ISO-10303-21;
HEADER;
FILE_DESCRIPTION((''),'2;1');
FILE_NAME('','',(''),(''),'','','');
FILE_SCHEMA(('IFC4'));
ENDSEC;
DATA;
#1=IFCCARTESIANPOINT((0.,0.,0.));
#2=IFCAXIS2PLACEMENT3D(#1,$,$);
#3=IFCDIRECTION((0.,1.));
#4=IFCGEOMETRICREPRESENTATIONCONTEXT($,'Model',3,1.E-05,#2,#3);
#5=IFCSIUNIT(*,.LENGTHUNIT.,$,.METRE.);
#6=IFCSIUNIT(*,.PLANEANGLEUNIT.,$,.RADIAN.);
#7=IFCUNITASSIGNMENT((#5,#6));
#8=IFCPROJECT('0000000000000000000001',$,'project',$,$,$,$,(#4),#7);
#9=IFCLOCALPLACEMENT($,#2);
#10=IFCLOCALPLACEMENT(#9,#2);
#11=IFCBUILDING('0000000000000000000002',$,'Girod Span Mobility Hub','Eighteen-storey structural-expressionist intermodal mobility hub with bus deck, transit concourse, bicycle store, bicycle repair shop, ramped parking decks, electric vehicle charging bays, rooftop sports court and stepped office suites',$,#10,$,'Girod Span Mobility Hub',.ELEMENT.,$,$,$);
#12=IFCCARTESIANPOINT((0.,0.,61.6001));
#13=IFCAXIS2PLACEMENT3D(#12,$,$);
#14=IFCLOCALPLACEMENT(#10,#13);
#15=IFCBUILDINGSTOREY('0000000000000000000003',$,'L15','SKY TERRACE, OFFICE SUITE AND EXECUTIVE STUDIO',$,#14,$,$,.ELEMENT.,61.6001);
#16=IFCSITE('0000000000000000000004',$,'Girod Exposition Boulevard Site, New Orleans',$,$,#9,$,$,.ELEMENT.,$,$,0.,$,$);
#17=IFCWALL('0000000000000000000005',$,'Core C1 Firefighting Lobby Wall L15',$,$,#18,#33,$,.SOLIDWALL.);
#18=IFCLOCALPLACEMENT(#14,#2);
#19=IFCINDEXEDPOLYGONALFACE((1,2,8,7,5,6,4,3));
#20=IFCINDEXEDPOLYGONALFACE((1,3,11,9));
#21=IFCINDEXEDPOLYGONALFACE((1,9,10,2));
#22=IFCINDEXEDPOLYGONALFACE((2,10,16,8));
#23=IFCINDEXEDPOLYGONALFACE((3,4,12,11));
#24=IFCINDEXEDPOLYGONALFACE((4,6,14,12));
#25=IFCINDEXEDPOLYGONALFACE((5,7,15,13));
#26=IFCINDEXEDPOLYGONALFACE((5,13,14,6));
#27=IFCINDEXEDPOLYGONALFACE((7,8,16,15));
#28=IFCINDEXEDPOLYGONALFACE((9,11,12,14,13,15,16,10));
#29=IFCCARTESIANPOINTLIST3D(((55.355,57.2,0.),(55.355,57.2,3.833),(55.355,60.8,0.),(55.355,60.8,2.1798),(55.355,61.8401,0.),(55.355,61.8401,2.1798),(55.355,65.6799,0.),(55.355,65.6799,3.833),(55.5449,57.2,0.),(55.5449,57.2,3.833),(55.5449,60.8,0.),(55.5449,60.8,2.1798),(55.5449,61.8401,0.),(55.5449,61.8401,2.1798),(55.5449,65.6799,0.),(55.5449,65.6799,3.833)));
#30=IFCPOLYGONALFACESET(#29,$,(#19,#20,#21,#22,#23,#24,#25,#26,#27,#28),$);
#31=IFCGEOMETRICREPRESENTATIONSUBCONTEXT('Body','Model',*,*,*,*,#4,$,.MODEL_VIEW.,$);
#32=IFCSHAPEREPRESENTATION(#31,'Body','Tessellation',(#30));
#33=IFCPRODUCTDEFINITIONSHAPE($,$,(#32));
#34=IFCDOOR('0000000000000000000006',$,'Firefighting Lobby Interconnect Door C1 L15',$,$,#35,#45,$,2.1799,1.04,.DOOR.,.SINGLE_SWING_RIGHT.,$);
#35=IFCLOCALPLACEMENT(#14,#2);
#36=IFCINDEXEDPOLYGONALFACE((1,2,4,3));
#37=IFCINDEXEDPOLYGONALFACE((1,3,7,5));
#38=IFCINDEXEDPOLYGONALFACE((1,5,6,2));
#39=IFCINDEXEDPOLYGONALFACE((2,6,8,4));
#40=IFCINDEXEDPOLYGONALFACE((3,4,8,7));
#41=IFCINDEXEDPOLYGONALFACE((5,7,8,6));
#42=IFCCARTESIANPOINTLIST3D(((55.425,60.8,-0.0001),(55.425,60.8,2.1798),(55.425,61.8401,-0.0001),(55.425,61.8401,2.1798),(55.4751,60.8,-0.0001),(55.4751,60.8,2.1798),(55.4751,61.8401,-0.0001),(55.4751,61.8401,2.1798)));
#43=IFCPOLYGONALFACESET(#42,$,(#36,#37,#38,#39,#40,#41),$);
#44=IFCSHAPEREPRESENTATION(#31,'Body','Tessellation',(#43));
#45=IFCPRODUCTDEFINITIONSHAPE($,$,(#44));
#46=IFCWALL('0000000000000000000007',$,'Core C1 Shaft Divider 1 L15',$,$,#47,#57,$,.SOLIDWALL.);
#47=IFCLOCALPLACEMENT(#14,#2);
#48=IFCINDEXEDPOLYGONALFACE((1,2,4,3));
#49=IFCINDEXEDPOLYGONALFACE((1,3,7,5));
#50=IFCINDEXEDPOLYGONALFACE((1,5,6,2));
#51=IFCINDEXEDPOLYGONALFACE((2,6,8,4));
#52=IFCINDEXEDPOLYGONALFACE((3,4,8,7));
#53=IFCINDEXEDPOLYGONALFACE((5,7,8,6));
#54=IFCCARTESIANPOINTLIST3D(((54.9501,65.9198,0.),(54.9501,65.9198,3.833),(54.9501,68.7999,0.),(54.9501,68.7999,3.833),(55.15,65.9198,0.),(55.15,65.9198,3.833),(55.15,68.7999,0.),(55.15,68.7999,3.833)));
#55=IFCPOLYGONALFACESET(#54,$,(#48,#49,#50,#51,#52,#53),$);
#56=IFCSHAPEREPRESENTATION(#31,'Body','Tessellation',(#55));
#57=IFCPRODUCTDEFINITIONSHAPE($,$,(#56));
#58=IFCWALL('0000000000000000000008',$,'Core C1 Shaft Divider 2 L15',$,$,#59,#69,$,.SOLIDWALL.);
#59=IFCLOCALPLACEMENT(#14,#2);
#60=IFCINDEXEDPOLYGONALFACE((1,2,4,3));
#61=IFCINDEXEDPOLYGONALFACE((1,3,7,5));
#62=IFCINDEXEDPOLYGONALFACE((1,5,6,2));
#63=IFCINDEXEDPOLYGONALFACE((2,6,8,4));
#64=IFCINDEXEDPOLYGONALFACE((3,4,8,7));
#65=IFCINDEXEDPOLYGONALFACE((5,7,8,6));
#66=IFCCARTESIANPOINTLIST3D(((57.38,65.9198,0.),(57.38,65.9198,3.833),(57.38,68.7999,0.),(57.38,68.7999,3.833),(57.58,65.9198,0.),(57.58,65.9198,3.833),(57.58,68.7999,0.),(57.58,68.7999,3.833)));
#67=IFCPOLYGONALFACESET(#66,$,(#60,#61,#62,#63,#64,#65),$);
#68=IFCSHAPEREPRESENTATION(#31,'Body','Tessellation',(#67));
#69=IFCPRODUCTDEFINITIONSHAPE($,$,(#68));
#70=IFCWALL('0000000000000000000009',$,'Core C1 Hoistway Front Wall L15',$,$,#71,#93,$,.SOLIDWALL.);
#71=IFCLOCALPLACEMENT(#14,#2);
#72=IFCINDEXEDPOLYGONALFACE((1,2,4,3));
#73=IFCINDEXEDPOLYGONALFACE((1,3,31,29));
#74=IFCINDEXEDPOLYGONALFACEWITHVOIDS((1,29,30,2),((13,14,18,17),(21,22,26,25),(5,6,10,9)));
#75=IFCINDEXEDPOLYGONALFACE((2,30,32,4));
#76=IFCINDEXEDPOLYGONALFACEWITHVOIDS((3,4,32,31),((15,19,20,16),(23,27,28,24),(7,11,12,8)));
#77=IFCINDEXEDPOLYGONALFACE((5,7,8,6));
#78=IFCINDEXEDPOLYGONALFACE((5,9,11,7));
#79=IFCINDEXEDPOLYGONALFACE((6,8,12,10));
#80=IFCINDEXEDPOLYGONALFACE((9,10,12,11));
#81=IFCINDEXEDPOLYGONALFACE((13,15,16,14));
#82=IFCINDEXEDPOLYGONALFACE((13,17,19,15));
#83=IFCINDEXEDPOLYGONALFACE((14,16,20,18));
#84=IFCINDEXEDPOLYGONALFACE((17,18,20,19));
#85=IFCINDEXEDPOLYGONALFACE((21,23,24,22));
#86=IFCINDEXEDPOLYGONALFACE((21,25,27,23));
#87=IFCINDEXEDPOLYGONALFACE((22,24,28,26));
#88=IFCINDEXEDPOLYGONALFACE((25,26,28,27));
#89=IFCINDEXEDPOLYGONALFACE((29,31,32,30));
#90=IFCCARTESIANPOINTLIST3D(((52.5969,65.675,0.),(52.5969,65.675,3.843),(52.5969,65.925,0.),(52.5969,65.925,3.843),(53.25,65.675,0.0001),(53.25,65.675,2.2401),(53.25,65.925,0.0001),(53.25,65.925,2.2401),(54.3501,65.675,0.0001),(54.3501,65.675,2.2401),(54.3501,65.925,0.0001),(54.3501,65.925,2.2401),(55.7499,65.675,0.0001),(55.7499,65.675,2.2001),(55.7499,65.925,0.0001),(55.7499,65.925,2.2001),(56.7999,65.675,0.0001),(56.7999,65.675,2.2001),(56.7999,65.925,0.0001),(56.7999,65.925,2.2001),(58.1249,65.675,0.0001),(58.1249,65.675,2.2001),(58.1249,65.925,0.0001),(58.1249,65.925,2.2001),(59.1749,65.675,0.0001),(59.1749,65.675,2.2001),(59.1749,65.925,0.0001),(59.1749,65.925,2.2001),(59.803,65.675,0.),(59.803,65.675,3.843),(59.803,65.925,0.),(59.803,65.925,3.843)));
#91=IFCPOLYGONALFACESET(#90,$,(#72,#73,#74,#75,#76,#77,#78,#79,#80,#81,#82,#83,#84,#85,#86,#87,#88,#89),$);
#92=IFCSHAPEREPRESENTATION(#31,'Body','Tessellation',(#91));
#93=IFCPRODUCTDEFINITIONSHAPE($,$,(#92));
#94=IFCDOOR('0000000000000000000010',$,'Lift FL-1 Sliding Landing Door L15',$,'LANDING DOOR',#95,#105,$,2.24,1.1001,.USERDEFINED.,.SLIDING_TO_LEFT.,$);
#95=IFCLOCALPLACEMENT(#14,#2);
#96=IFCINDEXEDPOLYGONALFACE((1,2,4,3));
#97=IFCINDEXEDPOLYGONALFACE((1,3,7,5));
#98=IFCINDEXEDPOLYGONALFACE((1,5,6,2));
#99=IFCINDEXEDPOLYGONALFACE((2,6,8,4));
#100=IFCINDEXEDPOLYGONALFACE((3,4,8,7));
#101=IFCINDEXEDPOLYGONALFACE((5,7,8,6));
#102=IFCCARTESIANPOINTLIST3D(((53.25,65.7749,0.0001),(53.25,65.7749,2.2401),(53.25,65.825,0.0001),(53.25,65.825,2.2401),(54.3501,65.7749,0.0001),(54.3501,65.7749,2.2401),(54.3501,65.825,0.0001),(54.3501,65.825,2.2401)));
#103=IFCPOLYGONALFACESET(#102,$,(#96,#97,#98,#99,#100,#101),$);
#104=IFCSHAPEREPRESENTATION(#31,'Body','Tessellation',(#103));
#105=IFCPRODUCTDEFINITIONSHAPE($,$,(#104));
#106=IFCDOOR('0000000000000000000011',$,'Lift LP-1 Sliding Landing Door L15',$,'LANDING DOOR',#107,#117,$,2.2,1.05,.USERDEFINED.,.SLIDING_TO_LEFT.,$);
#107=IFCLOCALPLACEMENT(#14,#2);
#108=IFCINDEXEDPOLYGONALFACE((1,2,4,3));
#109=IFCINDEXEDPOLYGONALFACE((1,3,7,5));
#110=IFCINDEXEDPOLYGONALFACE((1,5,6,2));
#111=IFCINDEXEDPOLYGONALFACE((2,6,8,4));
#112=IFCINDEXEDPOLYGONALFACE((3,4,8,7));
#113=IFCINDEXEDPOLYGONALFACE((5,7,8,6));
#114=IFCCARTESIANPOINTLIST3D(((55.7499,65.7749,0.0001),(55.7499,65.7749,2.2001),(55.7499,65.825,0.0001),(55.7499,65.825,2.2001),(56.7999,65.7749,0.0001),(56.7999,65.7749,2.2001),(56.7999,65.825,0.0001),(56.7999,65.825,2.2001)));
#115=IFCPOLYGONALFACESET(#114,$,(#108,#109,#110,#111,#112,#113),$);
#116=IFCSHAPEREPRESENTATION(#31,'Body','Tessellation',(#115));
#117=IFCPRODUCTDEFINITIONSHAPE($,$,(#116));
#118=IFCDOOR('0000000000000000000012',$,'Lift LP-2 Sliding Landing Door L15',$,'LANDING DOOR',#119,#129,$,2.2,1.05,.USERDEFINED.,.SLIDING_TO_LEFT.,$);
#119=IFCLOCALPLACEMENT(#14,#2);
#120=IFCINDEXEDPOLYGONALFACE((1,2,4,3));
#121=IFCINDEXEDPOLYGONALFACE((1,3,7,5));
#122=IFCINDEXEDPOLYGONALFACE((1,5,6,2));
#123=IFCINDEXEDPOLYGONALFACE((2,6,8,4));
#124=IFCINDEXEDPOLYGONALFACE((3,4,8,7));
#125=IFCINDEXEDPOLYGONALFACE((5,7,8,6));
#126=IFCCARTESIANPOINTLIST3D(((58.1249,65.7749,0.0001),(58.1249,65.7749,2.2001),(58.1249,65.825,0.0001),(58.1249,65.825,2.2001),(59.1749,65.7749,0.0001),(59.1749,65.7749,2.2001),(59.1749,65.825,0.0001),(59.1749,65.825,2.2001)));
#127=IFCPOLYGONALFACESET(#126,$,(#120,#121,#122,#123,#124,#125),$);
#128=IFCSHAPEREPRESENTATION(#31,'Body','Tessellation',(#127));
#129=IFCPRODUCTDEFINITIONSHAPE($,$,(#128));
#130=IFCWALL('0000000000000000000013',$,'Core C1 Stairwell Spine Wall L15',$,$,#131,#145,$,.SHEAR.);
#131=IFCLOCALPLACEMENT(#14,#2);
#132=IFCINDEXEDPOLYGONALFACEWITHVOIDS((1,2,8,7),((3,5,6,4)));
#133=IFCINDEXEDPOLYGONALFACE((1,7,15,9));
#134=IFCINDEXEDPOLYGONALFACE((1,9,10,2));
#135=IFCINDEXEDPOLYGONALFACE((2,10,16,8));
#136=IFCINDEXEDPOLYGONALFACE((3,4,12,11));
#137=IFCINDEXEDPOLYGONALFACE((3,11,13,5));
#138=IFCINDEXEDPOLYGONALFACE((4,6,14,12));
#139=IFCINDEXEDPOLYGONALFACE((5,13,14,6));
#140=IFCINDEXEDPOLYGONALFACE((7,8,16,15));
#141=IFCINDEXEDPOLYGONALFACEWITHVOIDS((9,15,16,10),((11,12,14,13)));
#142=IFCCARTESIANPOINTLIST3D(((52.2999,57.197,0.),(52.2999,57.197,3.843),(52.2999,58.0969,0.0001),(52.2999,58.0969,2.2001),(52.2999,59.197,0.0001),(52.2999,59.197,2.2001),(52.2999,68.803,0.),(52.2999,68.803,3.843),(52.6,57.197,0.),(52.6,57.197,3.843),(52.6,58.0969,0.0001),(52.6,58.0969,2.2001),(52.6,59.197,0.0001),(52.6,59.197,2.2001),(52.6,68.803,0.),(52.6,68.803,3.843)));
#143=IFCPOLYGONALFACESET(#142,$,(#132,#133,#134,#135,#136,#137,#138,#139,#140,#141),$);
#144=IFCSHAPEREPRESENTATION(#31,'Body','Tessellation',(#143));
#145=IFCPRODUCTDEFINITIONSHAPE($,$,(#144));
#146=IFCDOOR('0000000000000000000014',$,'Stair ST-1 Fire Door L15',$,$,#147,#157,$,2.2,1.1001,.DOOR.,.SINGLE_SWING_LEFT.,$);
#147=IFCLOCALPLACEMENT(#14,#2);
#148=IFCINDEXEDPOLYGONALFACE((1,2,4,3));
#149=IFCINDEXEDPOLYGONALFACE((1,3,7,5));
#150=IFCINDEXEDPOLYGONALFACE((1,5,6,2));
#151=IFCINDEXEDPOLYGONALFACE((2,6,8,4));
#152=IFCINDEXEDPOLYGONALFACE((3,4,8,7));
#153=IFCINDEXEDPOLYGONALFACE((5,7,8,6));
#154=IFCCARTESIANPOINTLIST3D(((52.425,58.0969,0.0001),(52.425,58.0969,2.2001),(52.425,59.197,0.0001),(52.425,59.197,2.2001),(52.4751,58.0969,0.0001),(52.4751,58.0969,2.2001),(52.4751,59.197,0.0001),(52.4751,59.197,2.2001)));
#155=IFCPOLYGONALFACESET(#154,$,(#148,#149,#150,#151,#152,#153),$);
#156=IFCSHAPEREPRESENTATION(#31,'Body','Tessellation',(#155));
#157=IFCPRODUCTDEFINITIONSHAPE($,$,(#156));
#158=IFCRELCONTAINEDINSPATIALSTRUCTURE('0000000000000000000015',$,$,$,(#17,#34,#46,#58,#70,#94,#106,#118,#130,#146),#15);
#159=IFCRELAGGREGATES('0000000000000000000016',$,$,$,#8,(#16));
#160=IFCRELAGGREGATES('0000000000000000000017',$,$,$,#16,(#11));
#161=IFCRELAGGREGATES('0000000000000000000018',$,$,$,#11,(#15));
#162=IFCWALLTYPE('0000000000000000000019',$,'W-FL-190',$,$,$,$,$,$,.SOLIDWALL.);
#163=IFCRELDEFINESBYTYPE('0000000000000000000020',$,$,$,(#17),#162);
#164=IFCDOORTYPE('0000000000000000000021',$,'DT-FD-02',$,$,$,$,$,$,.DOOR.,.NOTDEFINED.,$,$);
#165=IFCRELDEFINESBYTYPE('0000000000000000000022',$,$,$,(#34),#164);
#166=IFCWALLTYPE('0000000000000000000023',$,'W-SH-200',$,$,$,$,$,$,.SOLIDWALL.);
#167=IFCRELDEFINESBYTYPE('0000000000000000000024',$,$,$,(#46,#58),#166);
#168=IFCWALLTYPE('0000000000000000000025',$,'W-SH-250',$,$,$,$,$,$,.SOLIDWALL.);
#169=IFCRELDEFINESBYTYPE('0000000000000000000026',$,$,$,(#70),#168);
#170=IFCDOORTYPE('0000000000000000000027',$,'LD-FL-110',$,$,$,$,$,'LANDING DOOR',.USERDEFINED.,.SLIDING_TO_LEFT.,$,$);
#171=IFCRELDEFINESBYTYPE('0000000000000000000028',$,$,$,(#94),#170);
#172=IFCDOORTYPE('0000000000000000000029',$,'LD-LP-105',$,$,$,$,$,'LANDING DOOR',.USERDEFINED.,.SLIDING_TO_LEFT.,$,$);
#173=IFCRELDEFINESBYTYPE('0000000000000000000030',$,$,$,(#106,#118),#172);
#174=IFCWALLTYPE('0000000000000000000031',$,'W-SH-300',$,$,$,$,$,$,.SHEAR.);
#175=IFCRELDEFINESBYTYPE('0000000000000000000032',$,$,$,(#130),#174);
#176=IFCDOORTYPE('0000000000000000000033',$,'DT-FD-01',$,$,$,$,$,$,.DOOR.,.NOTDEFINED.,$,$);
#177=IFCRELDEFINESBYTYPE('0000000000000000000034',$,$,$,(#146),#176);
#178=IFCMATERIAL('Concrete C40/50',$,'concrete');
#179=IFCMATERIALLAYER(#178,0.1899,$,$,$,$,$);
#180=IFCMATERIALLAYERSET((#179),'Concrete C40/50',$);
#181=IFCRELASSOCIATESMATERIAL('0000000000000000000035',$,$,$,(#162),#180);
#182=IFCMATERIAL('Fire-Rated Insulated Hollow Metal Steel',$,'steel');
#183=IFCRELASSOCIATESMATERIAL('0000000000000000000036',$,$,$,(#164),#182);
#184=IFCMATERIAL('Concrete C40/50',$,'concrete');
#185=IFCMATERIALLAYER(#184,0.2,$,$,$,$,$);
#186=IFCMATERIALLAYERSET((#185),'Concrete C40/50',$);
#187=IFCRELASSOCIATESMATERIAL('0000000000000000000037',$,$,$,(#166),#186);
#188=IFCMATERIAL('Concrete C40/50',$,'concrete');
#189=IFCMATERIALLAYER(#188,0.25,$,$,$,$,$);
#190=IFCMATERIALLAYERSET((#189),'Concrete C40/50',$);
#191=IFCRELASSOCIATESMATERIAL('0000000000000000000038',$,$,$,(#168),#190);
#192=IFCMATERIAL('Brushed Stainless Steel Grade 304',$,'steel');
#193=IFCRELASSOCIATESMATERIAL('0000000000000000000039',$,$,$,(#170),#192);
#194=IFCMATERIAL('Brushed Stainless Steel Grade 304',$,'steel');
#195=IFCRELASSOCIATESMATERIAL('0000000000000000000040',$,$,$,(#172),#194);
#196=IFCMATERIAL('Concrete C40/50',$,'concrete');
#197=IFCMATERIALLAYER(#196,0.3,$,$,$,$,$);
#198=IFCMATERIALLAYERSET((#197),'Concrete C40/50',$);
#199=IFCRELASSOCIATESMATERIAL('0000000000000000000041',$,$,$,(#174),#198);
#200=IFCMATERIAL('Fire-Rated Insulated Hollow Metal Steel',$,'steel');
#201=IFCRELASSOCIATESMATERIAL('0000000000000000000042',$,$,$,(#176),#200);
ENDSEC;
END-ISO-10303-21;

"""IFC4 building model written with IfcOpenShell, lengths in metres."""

from ifc_helpers import new_model, si_unit, direction, frame, frame_2d, origin, place, context, subcontext, project, spatial, rectangle, extrude, material, layer, layer_set, type_object, element, fill, save


model = new_model("IFC4")

# Units and contexts
model_context = context("Model", 3, precision=1e-05, world=origin(), true_north=direction((0.0, 1.0)))
body_context = subcontext(model_context, "Body", "Model", "MODEL_VIEW")
ifc_project = project(units=[si_unit("LENGTHUNIT", "METRE"), si_unit("PLANEANGLEUNIT", "RADIAN")], contexts=[model_context])

# Site, building, storey
site_placement = place(None, origin())
site = spatial("IfcSite", under=ifc_project, at=site_placement, Name="Girod Exposition Boulevard Site, New Orleans", CompositionType="ELEMENT", RefElevation=0.0)
building_placement = place(site_placement, origin())
building = spatial("IfcBuilding", under=site, at=building_placement, Name="Girod Span Mobility Hub", Description="Eighteen-storey structural-expressionist intermodal mobility hub with bus deck, transit concourse, bicycle store, bicycle repair shop, ramped parking decks, electric vehicle charging bays, rooftop sports court and stepped office suites", LongName="Girod Span Mobility Hub", CompositionType="ELEMENT")
storey_placement = place(building_placement, frame((0.0, 0.0, 61.6001)))
storey = spatial("IfcBuildingStorey", under=building, at=storey_placement, Name="L15", Description="SKY TERRACE, OFFICE SUITE AND EXECUTIVE STUDIO", CompositionType="ELEMENT", Elevation=61.6001)

# Wall, opening, door
ifc_material_1 = material(Name="Concrete C40/50", Category="concrete")
ifc_layer_1 = layer(ifc_material_1, 0.1899)
ifc_layer_set_1 = layer_set([ifc_layer_1], Name="Concrete C40/50")
wall_type_1 = type_object("IfcWallType", Name="W-FL-190", PredefinedType="SOLIDWALL", material=ifc_layer_set_1)
wall_1_placement = place(storey_placement, frame((55.45, 57.2, 0.0), z_axis=(0.0, 0.0, 1.0), x_axis=(0.0, 1.0, 0.0)))
wall_1 = element("IfcWall", 1, at=wall_1_placement, inside=storey, type_object=wall_type_1, Name="Core C1 Firefighting Lobby Wall L15", PredefinedType="SOLIDWALL", context=body_context, shape_type="SweptSolid", body=[
    extrude(rectangle(XDim=8.48, YDim=0.1899, at=frame_2d((4.24, 0.0))), origin(), (0.0, 0.0, 1.0), 3.833),
])
opening_1_placement = place(wall_1_placement, frame((3.6001, 0.0, 0.0)))
opening_1 = element("IfcOpeningElement", 2, at=opening_1_placement, cuts=wall_1, PredefinedType="OPENING", context=body_context, shape_type="SweptSolid", body=[
    extrude(rectangle(XDim=1.04, YDim=2.1799, at=frame_2d((0.52, 1.0898))), frame((0.0, 0.1099, 0.0), z_axis=(0.0, -1.0, 0.0), x_axis=(1.0, 0.0, 0.0)), (0.0, 0.0, 1.0), 0.22),
])
ifc_material_2 = material(Name="Fire-Rated Insulated Hollow Metal Steel", Category="steel")
door_type_1 = type_object("IfcDoorType", Name="DT-FD-02", OperationType="NOTDEFINED", PredefinedType="DOOR", material=ifc_material_2)
door_1_placement = place(opening_1_placement, origin())
door_1 = element("IfcDoor", 3, at=door_1_placement, inside=storey, type_object=door_type_1, Name="Firefighting Lobby Interconnect Door C1 L15", OperationType="SINGLE_SWING_RIGHT", OverallHeight=2.1799, OverallWidth=1.04, PredefinedType="DOOR", context=body_context, shape_type="SweptSolid", body=[
    extrude(rectangle(XDim=1.04, YDim=2.1799, at=frame_2d((0.52, 1.0898))), frame((0.0, 0.0249, 0.0), z_axis=(0.0, -1.0, 0.0), x_axis=(1.0, 0.0, 0.0)), (0.0, 0.0, 1.0), 0.05),
])
fill(opening_1, door_1)

# Walls
ifc_material_3 = material(Name="Concrete C40/50", Category="concrete")
ifc_layer_2 = layer(ifc_material_3, 0.2)
ifc_layer_set_2 = layer_set([ifc_layer_2], Name="Concrete C40/50")
wall_type_2 = type_object("IfcWallType", Name="W-SH-200", PredefinedType="SOLIDWALL", material=ifc_layer_set_2)
for number, where, z_axis, x_axis, name in (
    (4, (55.05, 65.9199, 0.0), (0.0, 0.0, 1.0), (0.0, 1.0, 0.0), "Core C1 Shaft Divider 1 L15"),
    (5, (57.48, 65.9199, 0.0), (0.0, 0.0, 1.0), (0.0, 1.0, 0.0), "Core C1 Shaft Divider 2 L15"),
):
    element("IfcWall", number, at=place(storey_placement, frame(where, z_axis=z_axis, x_axis=x_axis)), inside=storey, type_object=wall_type_2, Name=name, PredefinedType="SOLIDWALL", context=body_context, shape_type="SweptSolid", body=[
        extrude(rectangle(XDim=2.8801, YDim=0.2, at=frame_2d((1.4399, 0.0))), origin(), (0.0, 0.0, 1.0), 3.833),
    ])

# Wall, openings, doors
ifc_material_4 = material(Name="Concrete C40/50", Category="concrete")
ifc_layer_3 = layer(ifc_material_4, 0.25)
ifc_layer_set_3 = layer_set([ifc_layer_3], Name="Concrete C40/50")
wall_type_3 = type_object("IfcWallType", Name="W-SH-250", PredefinedType="SOLIDWALL", material=ifc_layer_set_3)
wall_2_placement = place(storey_placement, frame((52.5969, 65.8, 0.0), z_axis=(0.0, 0.0, 1.0), x_axis=(1.0, 0.0, 0.0)))
wall_2 = element("IfcWall", 6, at=wall_2_placement, inside=storey, type_object=wall_type_3, Name="Core C1 Hoistway Front Wall L15", PredefinedType="SOLIDWALL", context=body_context, shape_type="SweptSolid", body=[
    extrude(rectangle(XDim=7.2061, YDim=0.25, at=frame_2d((3.603, 0.0))), origin(), (0.0, 0.0, 1.0), 3.843),
])
opening_2_placement = place(wall_2_placement, frame((0.6531, 0.0, 0.0)))
opening_2 = element("IfcOpeningElement", 7, at=opening_2_placement, cuts=wall_2, PredefinedType="OPENING", context=body_context, shape_type="SweptSolid", body=[
    extrude(rectangle(XDim=1.1001, YDim=2.24, at=frame_2d((0.55, 1.1201))), frame((0.0, 0.1399, 0.0), z_axis=(0.0, -1.0, 0.0), x_axis=(1.0, 0.0, 0.0)), (0.0, 0.0, 1.0), 0.28),
])
opening_3_placement = place(wall_2_placement, frame((3.1531, 0.0, 0.0)))
opening_3 = element("IfcOpeningElement", 8, at=opening_3_placement, cuts=wall_2, PredefinedType="OPENING", context=body_context, shape_type="SweptSolid", body=[
    extrude(rectangle(XDim=1.05, YDim=2.2, at=frame_2d((0.5249, 1.1001))), frame((0.0, 0.1399, 0.0), z_axis=(0.0, -1.0, 0.0), x_axis=(1.0, 0.0, 0.0)), (0.0, 0.0, 1.0), 0.28),
])
opening_4_placement = place(wall_2_placement, frame((5.5281, 0.0, 0.0)))
opening_4 = element("IfcOpeningElement", 9, at=opening_4_placement, cuts=wall_2, PredefinedType="OPENING", context=body_context, shape_type="SweptSolid", body=[
    extrude(rectangle(XDim=1.05, YDim=2.2, at=frame_2d((0.5249, 1.1001))), frame((0.0, 0.1399, 0.0), z_axis=(0.0, -1.0, 0.0), x_axis=(1.0, 0.0, 0.0)), (0.0, 0.0, 1.0), 0.28),
])
ifc_material_5 = material(Name="Brushed Stainless Steel Grade 304", Category="steel")
door_type_2 = type_object("IfcDoorType", Name="LD-FL-110", ElementType="LANDING DOOR", OperationType="SLIDING_TO_LEFT", PredefinedType="USERDEFINED", material=ifc_material_5)
door_2_placement = place(opening_2_placement, origin())
door_2 = element("IfcDoor", 10, at=door_2_placement, inside=storey, type_object=door_type_2, Name="Lift FL-1 Sliding Landing Door L15", ObjectType="LANDING DOOR", OperationType="SLIDING_TO_LEFT", OverallHeight=2.24, OverallWidth=1.1001, PredefinedType="USERDEFINED", context=body_context, shape_type="SweptSolid", body=[
    extrude(rectangle(XDim=1.1001, YDim=2.24, at=frame_2d((0.55, 1.1201))), frame((0.0, 0.0249, 0.0), z_axis=(0.0, -1.0, 0.0), x_axis=(1.0, 0.0, 0.0)), (0.0, 0.0, 1.0), 0.05),
])
fill(opening_2, door_2)
ifc_material_6 = material(Name="Brushed Stainless Steel Grade 304", Category="steel")
door_type_3 = type_object("IfcDoorType", Name="LD-LP-105", ElementType="LANDING DOOR", OperationType="SLIDING_TO_LEFT", PredefinedType="USERDEFINED", material=ifc_material_6)
door_3_placement = place(opening_3_placement, origin())
door_3 = element("IfcDoor", 11, at=door_3_placement, inside=storey, type_object=door_type_3, Name="Lift LP-1 Sliding Landing Door L15", ObjectType="LANDING DOOR", OperationType="SLIDING_TO_LEFT", OverallHeight=2.2, OverallWidth=1.05, PredefinedType="USERDEFINED", context=body_context, shape_type="SweptSolid", body=[
    extrude(rectangle(XDim=1.05, YDim=2.2, at=frame_2d((0.5249, 1.1001))), frame((0.0, 0.0249, 0.0), z_axis=(0.0, -1.0, 0.0), x_axis=(1.0, 0.0, 0.0)), (0.0, 0.0, 1.0), 0.05),
])
fill(opening_3, door_3)
door_4_placement = place(opening_4_placement, origin())
door_4 = element("IfcDoor", 12, at=door_4_placement, inside=storey, type_object=door_type_3, Name="Lift LP-2 Sliding Landing Door L15", ObjectType="LANDING DOOR", OperationType="SLIDING_TO_LEFT", OverallHeight=2.2, OverallWidth=1.05, PredefinedType="USERDEFINED", context=body_context, shape_type="SweptSolid", body=[
    extrude(rectangle(XDim=1.05, YDim=2.2, at=frame_2d((0.5249, 1.1001))), frame((0.0, 0.0249, 0.0), z_axis=(0.0, -1.0, 0.0), x_axis=(1.0, 0.0, 0.0)), (0.0, 0.0, 1.0), 0.05),
])
fill(opening_4, door_4)

# Wall, opening, door
ifc_material_7 = material(Name="Concrete C40/50", Category="concrete")
ifc_layer_4 = layer(ifc_material_7, 0.3)
ifc_layer_set_4 = layer_set([ifc_layer_4], Name="Concrete C40/50")
wall_type_4 = type_object("IfcWallType", Name="W-SH-300", PredefinedType="SHEAR", material=ifc_layer_set_4)
wall_3_placement = place(storey_placement, frame((52.45, 57.197, 0.0), z_axis=(0.0, 0.0, 1.0), x_axis=(0.0, 1.0, 0.0)))
wall_3 = element("IfcWall", 13, at=wall_3_placement, inside=storey, type_object=wall_type_4, Name="Core C1 Stairwell Spine Wall L15", PredefinedType="SHEAR", context=body_context, shape_type="SweptSolid", body=[
    extrude(rectangle(XDim=11.606, YDim=0.3, at=frame_2d((5.803, 0.0))), origin(), (0.0, 0.0, 1.0), 3.843),
])
opening_5_placement = place(wall_3_placement, frame((0.8999, 0.0, 0.0)))
opening_5 = element("IfcOpeningElement", 14, at=opening_5_placement, cuts=wall_3, PredefinedType="OPENING", context=body_context, shape_type="SweptSolid", body=[
    extrude(rectangle(XDim=1.1001, YDim=2.2, at=frame_2d((0.55, 1.1001))), frame((0.0, 0.165, 0.0), z_axis=(0.0, -1.0, 0.0), x_axis=(1.0, 0.0, 0.0)), (0.0, 0.0, 1.0), 0.3301),
])
ifc_material_8 = material(Name="Fire-Rated Insulated Hollow Metal Steel", Category="steel")
door_type_4 = type_object("IfcDoorType", Name="DT-FD-01", OperationType="NOTDEFINED", PredefinedType="DOOR", material=ifc_material_8)
door_5_placement = place(opening_5_placement, origin())
door_5 = element("IfcDoor", 15, at=door_5_placement, inside=storey, type_object=door_type_4, Name="Stair ST-1 Fire Door L15", OperationType="SINGLE_SWING_LEFT", OverallHeight=2.2, OverallWidth=1.1001, PredefinedType="DOOR", context=body_context, shape_type="SweptSolid", body=[
    extrude(rectangle(XDim=1.1001, YDim=2.2, at=frame_2d((0.55, 1.1001))), frame((0.0, 0.0249, 0.0), z_axis=(0.0, -1.0, 0.0), x_axis=(1.0, 0.0, 0.0)), (0.0, 0.0, 1.0), 0.05),
])
fill(opening_5, door_5)

save(model, "model.ifc")
